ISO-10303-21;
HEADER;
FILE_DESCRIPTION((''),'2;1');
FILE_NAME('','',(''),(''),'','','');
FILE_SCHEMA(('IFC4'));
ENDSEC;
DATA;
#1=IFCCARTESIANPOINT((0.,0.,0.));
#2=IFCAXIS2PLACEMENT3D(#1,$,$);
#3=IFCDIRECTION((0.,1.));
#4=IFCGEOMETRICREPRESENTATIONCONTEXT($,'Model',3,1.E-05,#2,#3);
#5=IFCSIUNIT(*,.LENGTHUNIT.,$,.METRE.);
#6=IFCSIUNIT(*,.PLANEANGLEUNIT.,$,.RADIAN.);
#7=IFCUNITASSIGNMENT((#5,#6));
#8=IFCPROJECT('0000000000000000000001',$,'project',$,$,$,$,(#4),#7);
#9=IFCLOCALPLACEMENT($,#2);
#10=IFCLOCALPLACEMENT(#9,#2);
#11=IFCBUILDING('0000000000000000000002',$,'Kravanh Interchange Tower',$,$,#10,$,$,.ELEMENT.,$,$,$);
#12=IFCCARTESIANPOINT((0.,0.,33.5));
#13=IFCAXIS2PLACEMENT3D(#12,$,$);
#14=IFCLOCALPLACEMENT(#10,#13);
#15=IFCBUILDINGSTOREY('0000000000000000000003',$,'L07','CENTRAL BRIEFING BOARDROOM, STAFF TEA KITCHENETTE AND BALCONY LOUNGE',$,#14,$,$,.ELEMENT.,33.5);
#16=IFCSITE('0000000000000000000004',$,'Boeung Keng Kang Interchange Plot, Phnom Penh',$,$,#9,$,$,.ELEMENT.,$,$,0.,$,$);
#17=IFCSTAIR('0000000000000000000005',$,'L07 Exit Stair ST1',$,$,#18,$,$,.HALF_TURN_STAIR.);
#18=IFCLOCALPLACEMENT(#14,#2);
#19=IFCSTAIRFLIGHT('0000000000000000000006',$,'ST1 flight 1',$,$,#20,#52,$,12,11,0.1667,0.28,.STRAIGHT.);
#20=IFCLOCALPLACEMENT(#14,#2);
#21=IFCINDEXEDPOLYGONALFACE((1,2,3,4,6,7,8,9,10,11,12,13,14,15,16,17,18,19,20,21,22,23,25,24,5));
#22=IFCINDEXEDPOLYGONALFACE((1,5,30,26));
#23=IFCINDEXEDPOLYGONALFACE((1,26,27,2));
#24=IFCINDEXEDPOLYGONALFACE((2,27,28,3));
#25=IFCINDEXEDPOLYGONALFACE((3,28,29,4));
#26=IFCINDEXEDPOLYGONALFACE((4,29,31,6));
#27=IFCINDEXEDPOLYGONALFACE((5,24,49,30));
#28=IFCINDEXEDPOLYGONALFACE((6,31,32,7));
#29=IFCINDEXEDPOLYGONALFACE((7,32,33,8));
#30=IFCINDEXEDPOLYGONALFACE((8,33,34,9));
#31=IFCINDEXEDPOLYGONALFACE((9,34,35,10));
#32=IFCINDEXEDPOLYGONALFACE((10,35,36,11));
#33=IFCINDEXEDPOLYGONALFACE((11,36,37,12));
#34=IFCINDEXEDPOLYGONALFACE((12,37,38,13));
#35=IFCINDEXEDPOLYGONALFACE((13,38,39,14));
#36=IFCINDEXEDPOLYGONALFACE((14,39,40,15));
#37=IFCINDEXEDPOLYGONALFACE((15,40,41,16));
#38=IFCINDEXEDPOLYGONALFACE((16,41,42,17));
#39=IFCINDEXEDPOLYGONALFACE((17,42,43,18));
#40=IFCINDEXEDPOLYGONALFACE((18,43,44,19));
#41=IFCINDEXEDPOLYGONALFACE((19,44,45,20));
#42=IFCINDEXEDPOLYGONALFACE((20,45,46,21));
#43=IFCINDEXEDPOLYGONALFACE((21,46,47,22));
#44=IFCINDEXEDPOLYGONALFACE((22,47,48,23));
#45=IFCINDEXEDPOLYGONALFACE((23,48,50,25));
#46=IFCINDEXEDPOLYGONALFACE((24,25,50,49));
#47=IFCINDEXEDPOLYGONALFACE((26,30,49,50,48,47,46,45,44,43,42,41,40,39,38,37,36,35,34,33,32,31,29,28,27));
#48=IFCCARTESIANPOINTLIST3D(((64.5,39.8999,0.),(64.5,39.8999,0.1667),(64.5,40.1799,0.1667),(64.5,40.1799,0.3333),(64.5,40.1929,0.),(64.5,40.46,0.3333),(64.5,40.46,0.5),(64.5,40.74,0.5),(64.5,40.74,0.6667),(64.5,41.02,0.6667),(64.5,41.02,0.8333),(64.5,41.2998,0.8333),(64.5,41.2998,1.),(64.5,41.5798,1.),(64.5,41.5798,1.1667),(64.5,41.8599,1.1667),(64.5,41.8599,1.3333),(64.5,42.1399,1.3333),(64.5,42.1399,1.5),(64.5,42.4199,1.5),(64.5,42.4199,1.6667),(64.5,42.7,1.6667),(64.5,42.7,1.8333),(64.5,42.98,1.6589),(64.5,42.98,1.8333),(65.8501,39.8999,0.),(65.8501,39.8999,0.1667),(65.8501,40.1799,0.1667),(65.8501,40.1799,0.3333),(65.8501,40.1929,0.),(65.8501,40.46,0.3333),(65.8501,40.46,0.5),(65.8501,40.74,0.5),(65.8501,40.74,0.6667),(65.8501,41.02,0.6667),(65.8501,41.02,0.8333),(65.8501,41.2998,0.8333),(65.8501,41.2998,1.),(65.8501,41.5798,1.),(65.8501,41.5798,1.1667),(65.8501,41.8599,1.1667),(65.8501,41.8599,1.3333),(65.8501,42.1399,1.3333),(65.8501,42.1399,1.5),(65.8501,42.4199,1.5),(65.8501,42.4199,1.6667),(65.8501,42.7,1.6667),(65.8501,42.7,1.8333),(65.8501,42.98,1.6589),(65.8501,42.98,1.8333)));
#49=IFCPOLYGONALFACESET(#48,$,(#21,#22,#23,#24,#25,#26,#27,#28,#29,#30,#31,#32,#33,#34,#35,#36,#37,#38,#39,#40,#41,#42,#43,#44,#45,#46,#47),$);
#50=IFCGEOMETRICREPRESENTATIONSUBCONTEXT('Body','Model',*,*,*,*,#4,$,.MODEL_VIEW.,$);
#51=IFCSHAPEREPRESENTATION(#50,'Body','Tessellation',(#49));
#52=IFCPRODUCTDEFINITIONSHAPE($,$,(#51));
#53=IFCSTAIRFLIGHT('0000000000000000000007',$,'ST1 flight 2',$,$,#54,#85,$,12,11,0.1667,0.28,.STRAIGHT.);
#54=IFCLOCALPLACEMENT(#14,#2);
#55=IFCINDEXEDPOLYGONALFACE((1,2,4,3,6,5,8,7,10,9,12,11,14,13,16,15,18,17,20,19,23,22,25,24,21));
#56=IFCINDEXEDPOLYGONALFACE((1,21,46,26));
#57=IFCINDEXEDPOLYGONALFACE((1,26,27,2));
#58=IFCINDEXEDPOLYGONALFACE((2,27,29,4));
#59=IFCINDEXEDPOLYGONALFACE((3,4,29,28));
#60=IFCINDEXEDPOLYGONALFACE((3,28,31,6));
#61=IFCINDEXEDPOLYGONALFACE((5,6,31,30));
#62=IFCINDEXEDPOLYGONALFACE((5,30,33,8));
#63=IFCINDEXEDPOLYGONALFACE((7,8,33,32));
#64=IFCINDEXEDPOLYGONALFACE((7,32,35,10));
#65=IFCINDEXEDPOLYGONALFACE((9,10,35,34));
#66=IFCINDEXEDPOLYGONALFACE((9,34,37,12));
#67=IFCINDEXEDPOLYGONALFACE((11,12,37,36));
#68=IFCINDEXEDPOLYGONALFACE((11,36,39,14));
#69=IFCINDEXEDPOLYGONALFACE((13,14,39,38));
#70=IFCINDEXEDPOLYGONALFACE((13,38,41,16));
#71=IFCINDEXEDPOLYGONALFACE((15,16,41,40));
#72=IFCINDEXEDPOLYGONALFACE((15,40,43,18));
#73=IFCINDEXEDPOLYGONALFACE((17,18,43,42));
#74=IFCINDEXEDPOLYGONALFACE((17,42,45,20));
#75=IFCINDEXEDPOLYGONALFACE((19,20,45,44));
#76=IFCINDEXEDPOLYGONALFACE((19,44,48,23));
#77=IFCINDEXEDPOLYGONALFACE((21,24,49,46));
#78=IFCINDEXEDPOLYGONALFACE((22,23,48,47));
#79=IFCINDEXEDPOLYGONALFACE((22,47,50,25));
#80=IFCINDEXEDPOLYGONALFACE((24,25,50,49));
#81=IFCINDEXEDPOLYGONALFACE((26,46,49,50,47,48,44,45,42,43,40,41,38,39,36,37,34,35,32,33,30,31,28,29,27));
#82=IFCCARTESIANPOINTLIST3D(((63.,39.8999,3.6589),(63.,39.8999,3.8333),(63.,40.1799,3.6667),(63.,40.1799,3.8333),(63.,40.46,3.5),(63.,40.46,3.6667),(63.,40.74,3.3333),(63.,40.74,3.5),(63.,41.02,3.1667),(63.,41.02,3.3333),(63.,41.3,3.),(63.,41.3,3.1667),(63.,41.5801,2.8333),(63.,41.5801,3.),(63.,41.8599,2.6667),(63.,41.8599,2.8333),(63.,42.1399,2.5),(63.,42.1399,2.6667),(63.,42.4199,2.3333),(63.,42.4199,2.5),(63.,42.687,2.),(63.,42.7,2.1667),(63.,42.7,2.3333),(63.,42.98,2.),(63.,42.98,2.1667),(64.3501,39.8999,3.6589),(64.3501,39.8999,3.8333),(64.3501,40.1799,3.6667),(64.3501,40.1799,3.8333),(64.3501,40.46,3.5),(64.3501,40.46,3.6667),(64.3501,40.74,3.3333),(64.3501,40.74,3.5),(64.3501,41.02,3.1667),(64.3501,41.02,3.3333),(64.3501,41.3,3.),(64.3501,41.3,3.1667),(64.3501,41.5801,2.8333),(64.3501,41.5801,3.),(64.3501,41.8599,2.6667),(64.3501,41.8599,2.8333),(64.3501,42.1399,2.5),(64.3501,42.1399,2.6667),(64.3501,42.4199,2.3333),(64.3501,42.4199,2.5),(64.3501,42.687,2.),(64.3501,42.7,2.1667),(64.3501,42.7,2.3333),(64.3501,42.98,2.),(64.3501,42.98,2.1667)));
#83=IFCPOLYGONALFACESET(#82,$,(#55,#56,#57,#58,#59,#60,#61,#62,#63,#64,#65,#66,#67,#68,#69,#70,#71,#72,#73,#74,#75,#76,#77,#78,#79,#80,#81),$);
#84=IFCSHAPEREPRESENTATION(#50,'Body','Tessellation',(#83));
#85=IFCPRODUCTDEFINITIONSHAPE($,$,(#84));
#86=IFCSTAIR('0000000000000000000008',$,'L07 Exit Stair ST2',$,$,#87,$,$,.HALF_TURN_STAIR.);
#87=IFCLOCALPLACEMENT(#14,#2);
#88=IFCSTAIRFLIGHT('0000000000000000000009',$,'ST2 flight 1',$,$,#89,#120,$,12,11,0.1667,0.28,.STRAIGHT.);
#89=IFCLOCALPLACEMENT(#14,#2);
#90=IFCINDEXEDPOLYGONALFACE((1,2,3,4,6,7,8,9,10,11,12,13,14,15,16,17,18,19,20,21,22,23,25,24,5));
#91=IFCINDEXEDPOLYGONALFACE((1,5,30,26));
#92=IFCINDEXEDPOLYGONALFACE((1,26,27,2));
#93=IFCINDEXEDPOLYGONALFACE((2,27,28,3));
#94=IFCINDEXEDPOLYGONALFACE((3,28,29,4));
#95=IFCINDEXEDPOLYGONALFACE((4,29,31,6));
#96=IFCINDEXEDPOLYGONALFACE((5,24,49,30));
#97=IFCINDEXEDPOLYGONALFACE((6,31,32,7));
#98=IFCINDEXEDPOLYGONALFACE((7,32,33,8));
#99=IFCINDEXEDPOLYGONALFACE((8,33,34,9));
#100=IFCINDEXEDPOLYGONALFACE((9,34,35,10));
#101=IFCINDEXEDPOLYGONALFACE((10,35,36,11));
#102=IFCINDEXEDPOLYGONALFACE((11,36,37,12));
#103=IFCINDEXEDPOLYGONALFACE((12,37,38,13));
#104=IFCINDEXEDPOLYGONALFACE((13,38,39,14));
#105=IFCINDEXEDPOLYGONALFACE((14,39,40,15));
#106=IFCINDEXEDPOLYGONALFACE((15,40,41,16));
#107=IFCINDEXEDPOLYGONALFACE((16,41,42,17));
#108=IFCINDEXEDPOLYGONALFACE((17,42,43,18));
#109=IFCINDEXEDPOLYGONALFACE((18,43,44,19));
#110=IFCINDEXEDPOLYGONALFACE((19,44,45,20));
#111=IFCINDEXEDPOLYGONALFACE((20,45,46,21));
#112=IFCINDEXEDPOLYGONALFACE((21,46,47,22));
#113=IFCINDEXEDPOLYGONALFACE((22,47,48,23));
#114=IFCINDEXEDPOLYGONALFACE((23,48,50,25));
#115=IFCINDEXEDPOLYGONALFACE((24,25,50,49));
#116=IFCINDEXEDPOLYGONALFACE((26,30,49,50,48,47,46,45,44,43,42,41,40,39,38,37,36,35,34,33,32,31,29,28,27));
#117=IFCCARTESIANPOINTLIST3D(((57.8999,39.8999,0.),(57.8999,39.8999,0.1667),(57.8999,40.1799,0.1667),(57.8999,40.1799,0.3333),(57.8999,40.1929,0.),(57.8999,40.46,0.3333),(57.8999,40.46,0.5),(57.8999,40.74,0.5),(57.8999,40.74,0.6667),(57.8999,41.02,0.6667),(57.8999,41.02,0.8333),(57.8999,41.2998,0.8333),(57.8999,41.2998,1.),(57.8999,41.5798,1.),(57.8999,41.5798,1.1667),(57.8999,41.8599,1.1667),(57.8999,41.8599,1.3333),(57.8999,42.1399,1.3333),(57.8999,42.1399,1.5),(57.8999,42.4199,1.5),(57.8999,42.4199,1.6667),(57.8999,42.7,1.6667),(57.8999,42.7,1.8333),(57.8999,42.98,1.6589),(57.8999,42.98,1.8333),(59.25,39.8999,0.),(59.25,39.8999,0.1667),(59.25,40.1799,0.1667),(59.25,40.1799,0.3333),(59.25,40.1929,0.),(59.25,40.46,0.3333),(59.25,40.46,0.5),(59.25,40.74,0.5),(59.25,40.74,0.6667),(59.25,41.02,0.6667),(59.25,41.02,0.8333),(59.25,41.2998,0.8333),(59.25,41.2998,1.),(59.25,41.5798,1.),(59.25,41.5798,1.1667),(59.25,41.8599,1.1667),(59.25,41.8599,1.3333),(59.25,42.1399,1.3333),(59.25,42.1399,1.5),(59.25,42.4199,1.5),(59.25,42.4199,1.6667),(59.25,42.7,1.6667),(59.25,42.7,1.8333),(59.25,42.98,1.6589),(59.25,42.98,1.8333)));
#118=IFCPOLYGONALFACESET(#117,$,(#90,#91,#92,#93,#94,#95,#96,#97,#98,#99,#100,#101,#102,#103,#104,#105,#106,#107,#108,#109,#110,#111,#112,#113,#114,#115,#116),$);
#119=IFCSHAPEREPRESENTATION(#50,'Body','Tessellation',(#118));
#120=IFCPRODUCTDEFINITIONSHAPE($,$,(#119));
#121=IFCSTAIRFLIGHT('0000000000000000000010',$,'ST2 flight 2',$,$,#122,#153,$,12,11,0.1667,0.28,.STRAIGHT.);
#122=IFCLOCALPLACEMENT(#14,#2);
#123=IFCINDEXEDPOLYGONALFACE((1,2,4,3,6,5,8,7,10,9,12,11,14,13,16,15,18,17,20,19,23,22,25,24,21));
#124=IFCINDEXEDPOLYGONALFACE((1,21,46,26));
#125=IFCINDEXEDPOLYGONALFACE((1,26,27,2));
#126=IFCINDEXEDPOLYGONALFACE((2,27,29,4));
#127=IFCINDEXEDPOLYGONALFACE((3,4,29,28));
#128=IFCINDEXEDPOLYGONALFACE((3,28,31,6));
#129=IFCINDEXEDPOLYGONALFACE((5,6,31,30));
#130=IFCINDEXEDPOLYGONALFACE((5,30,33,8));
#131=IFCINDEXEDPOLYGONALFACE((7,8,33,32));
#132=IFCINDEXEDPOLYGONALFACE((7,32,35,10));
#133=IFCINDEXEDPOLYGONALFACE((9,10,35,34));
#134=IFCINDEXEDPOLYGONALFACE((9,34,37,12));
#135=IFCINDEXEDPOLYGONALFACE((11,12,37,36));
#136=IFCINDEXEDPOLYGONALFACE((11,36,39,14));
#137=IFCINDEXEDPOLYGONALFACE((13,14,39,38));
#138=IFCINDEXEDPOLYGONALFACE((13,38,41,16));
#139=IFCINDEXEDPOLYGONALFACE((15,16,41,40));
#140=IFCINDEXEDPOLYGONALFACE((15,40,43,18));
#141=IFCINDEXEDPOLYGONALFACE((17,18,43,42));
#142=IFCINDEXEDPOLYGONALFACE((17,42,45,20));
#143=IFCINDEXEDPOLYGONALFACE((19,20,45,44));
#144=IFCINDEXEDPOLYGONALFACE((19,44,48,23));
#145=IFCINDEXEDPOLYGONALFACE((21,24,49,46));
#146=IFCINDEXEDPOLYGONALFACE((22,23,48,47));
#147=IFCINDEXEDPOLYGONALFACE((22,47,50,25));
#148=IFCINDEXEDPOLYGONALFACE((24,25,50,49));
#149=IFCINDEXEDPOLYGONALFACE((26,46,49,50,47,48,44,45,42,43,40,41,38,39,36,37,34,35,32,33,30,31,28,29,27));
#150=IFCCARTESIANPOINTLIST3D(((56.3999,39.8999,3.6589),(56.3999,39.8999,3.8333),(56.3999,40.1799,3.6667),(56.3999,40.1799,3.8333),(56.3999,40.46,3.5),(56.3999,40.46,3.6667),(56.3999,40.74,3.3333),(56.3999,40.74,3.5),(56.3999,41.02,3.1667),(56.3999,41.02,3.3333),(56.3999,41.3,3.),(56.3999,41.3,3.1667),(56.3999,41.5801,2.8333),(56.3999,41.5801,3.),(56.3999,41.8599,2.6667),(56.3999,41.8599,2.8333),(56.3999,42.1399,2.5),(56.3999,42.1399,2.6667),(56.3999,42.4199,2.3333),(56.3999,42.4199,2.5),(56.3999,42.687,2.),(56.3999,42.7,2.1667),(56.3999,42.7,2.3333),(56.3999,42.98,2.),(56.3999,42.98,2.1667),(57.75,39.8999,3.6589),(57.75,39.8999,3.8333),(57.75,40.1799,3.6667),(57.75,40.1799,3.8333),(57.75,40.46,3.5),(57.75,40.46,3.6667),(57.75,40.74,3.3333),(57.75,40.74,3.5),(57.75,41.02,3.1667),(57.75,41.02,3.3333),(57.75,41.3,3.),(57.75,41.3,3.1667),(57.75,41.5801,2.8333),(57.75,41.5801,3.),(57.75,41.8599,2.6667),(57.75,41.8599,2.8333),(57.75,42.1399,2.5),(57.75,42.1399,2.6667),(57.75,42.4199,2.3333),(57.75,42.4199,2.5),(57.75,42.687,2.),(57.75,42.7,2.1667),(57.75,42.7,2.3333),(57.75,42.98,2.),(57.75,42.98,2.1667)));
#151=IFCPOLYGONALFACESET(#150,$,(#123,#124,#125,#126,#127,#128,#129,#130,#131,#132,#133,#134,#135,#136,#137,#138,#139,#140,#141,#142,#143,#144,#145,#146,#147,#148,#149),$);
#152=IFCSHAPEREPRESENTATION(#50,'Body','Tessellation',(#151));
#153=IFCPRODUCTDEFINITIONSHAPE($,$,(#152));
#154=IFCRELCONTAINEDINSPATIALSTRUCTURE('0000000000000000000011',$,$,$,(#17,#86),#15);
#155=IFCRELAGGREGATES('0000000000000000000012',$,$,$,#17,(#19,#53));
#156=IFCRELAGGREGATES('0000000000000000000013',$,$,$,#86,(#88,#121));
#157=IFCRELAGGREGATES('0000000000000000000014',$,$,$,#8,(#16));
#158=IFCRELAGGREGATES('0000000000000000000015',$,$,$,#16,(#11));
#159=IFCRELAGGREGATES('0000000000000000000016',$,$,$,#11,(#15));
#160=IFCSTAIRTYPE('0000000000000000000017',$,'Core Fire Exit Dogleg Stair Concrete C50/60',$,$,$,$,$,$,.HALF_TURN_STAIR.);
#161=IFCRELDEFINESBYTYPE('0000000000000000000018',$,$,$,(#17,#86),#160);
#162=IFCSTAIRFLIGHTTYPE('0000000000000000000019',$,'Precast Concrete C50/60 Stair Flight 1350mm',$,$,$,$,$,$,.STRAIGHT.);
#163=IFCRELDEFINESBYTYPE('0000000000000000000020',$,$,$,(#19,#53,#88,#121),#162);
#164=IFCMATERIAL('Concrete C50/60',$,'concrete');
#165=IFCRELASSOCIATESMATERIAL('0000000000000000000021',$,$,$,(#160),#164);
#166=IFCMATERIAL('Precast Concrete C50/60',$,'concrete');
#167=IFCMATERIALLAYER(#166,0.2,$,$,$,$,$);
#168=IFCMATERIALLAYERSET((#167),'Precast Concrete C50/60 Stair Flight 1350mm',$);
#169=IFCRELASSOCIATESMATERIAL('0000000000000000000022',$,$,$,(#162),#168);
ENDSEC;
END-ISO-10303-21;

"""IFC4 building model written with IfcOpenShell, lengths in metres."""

from ifc_helpers import new_model, si_unit, direction, frame, origin, place, context, subcontext, project, spatial, polyline, outline, extrude, material, layer, layer_set, type_object, element, aggregate, save


model = new_model("IFC4")

# Units and contexts
model_context = context("Model", 3, precision=1e-05, world=origin(), true_north=direction((0.0, 1.0)))
body_context = subcontext(model_context, "Body", "Model", "MODEL_VIEW")
ifc_project = project(units=[si_unit("LENGTHUNIT", "METRE"), si_unit("PLANEANGLEUNIT", "RADIAN")], contexts=[model_context])

# Site, building, storey
site_placement = place(None, origin())
site = spatial("IfcSite", under=ifc_project, at=site_placement, Name="Boeung Keng Kang Interchange Plot, Phnom Penh", CompositionType="ELEMENT", RefElevation=0.0)
building_placement = place(site_placement, origin())
building = spatial("IfcBuilding", under=site, at=building_placement, Name="Kravanh Interchange Tower", CompositionType="ELEMENT")
storey_placement = place(building_placement, frame((0.0, 0.0, 33.5)))
storey = spatial("IfcBuildingStorey", under=building, at=storey_placement, Name="L07", Description="CENTRAL BRIEFING BOARDROOM, STAFF TEA KITCHENETTE AND BALCONY LOUNGE", CompositionType="ELEMENT", Elevation=33.5)

# Stairs, stair flights
ifc_material_1 = material(Name="Concrete C50/60", Category="concrete")
stair_type = type_object("IfcStairType", Name="Core Fire Exit Dogleg Stair Concrete C50/60", PredefinedType="HALF_TURN_STAIR", material=ifc_material_1)
stair_1_placement = place(storey_placement, origin())
stair_1 = element("IfcStair", 1, at=stair_1_placement, inside=storey, type_object=stair_type, Name="L07 Exit Stair ST1", PredefinedType="HALF_TURN_STAIR")
ifc_material_2 = material(Name="Precast Concrete C50/60", Category="concrete")
ifc_layer_1 = layer(ifc_material_2, 0.2)
ifc_layer_set_1 = layer_set([ifc_layer_1], Name="Precast Concrete C50/60 Stair Flight 1350mm")
stair_flight_type = type_object("IfcStairFlightType", Name="Precast Concrete C50/60 Stair Flight 1350mm", PredefinedType="STRAIGHT", material=ifc_layer_set_1)
stair_flight_1_placement = place(storey_placement, frame((65.175, 39.8999, 0.0), z_axis=(0.0, 0.0, 1.0), x_axis=(0.0, 1.0, 0.0)))
stair_flight_1 = element("IfcStairFlight", 2, at=stair_flight_1_placement, type_object=stair_flight_type, Name="ST1 flight 1", NumberOfRisers=12, NumberOfTreads=11, PredefinedType="STRAIGHT", RiserHeight=0.1667, TreadLength=0.28, context=body_context, shape_type="SweptSolid", body=[
    extrude(outline(polyline([(0.0, 0.0), (0.0, 0.1667), (0.28, 0.1667), (0.28, 0.3333), (0.5601, 0.3333), (0.5601, 0.5), (0.8401, 0.5), (0.8401, 0.6667), (1.1201, 0.6667), (1.1201, 0.8333), (1.3999, 0.8333), (1.3999, 1.0), (1.6799, 1.0), (1.6799, 1.1667), (1.96, 1.1667), (1.96, 1.3333), (2.24, 1.3333), (2.24, 1.5), (2.52, 1.5), (2.52, 1.6667), (2.8, 1.6667), (2.8, 1.8333), (3.0801, 1.8333), (3.0801, 2.0), (3.0801, 1.6589), (0.293, 0.0), (0.0, 0.0)])), frame((0.0, 0.675, 0.0), z_axis=(0.0, -1.0, 0.0), x_axis=(1.0, 0.0, 0.0)), (0.0, 0.0, 1.0), 1.3501),
])
stair_flight_2_placement = place(storey_placement, frame((63.675, 42.98, 2.0), z_axis=(0.0, 0.0, 1.0), x_axis=(0.0, -1.0, 0.0)))
stair_flight_2 = element("IfcStairFlight", 3, at=stair_flight_2_placement, type_object=stair_flight_type, Name="ST1 flight 2", NumberOfRisers=12, NumberOfTreads=11, PredefinedType="STRAIGHT", RiserHeight=0.1667, TreadLength=0.28, context=body_context, shape_type="SweptSolid", body=[
    extrude(outline(polyline([(0.0, 0.0), (0.0, 0.1667), (0.28, 0.1667), (0.28, 0.3333), (0.5601, 0.3333), (0.5601, 0.5), (0.8401, 0.5), (0.8401, 0.6667), (1.1201, 0.6667), (1.1201, 0.8333), (1.3999, 0.8333), (1.3999, 1.0), (1.6799, 1.0), (1.6799, 1.1667), (1.96, 1.1667), (1.96, 1.3333), (2.24, 1.3333), (2.24, 1.5), (2.52, 1.5), (2.52, 1.6667), (2.8, 1.6667), (2.8, 1.8333), (3.0801, 1.8333), (3.0801, 2.0), (3.0801, 1.6589), (0.293, 0.0), (0.0, 0.0)])), frame((0.0, 0.675, 0.0), z_axis=(0.0, -1.0, 0.0), x_axis=(1.0, 0.0, 0.0)), (0.0, 0.0, 1.0), 1.3501),
])
aggregate(stair_1, [stair_flight_1, stair_flight_2])
stair_2_placement = place(storey_placement, origin())
stair_2 = element("IfcStair", 4, at=stair_2_placement, inside=storey, type_object=stair_type, Name="L07 Exit Stair ST2", PredefinedType="HALF_TURN_STAIR")
stair_flight_3_placement = place(storey_placement, frame((58.575, 39.8999, 0.0), z_axis=(0.0, 0.0, 1.0), x_axis=(0.0, 1.0, 0.0)))
stair_flight_3 = element("IfcStairFlight", 5, at=stair_flight_3_placement, type_object=stair_flight_type, Name="ST2 flight 1", NumberOfRisers=12, NumberOfTreads=11, PredefinedType="STRAIGHT", RiserHeight=0.1667, TreadLength=0.28, context=body_context, shape_type="SweptSolid", body=[
    extrude(outline(polyline([(0.0, 0.0), (0.0, 0.1667), (0.28, 0.1667), (0.28, 0.3333), (0.5601, 0.3333), (0.5601, 0.5), (0.8401, 0.5), (0.8401, 0.6667), (1.1201, 0.6667), (1.1201, 0.8333), (1.3999, 0.8333), (1.3999, 1.0), (1.6799, 1.0), (1.6799, 1.1667), (1.96, 1.1667), (1.96, 1.3333), (2.24, 1.3333), (2.24, 1.5), (2.52, 1.5), (2.52, 1.6667), (2.8, 1.6667), (2.8, 1.8333), (3.0801, 1.8333), (3.0801, 2.0), (3.0801, 1.6589), (0.293, 0.0), (0.0, 0.0)])), frame((0.0, 0.675, 0.0), z_axis=(0.0, -1.0, 0.0), x_axis=(1.0, 0.0, 0.0)), (0.0, 0.0, 1.0), 1.3501),
])
stair_flight_4_placement = place(storey_placement, frame((57.075, 42.98, 2.0), z_axis=(0.0, 0.0, 1.0), x_axis=(0.0, -1.0, 0.0)))
stair_flight_4 = element("IfcStairFlight", 6, at=stair_flight_4_placement, type_object=stair_flight_type, Name="ST2 flight 2", NumberOfRisers=12, NumberOfTreads=11, PredefinedType="STRAIGHT", RiserHeight=0.1667, TreadLength=0.28, context=body_context, shape_type="SweptSolid", body=[
    extrude(outline(polyline([(0.0, 0.0), (0.0, 0.1667), (0.28, 0.1667), (0.28, 0.3333), (0.5601, 0.3333), (0.5601, 0.5), (0.8401, 0.5), (0.8401, 0.6667), (1.1201, 0.6667), (1.1201, 0.8333), (1.3999, 0.8333), (1.3999, 1.0), (1.6799, 1.0), (1.6799, 1.1667), (1.96, 1.1667), (1.96, 1.3333), (2.24, 1.3333), (2.24, 1.5), (2.52, 1.5), (2.52, 1.6667), (2.8, 1.6667), (2.8, 1.8333), (3.0801, 1.8333), (3.0801, 2.0), (3.0801, 1.6589), (0.293, 0.0), (0.0, 0.0)])), frame((0.0, 0.675, 0.0), z_axis=(0.0, -1.0, 0.0), x_axis=(1.0, 0.0, 0.0)), (0.0, 0.0, 1.0), 1.3501),
])
aggregate(stair_2, [stair_flight_3, stair_flight_4])

save(model, "model.ifc")
